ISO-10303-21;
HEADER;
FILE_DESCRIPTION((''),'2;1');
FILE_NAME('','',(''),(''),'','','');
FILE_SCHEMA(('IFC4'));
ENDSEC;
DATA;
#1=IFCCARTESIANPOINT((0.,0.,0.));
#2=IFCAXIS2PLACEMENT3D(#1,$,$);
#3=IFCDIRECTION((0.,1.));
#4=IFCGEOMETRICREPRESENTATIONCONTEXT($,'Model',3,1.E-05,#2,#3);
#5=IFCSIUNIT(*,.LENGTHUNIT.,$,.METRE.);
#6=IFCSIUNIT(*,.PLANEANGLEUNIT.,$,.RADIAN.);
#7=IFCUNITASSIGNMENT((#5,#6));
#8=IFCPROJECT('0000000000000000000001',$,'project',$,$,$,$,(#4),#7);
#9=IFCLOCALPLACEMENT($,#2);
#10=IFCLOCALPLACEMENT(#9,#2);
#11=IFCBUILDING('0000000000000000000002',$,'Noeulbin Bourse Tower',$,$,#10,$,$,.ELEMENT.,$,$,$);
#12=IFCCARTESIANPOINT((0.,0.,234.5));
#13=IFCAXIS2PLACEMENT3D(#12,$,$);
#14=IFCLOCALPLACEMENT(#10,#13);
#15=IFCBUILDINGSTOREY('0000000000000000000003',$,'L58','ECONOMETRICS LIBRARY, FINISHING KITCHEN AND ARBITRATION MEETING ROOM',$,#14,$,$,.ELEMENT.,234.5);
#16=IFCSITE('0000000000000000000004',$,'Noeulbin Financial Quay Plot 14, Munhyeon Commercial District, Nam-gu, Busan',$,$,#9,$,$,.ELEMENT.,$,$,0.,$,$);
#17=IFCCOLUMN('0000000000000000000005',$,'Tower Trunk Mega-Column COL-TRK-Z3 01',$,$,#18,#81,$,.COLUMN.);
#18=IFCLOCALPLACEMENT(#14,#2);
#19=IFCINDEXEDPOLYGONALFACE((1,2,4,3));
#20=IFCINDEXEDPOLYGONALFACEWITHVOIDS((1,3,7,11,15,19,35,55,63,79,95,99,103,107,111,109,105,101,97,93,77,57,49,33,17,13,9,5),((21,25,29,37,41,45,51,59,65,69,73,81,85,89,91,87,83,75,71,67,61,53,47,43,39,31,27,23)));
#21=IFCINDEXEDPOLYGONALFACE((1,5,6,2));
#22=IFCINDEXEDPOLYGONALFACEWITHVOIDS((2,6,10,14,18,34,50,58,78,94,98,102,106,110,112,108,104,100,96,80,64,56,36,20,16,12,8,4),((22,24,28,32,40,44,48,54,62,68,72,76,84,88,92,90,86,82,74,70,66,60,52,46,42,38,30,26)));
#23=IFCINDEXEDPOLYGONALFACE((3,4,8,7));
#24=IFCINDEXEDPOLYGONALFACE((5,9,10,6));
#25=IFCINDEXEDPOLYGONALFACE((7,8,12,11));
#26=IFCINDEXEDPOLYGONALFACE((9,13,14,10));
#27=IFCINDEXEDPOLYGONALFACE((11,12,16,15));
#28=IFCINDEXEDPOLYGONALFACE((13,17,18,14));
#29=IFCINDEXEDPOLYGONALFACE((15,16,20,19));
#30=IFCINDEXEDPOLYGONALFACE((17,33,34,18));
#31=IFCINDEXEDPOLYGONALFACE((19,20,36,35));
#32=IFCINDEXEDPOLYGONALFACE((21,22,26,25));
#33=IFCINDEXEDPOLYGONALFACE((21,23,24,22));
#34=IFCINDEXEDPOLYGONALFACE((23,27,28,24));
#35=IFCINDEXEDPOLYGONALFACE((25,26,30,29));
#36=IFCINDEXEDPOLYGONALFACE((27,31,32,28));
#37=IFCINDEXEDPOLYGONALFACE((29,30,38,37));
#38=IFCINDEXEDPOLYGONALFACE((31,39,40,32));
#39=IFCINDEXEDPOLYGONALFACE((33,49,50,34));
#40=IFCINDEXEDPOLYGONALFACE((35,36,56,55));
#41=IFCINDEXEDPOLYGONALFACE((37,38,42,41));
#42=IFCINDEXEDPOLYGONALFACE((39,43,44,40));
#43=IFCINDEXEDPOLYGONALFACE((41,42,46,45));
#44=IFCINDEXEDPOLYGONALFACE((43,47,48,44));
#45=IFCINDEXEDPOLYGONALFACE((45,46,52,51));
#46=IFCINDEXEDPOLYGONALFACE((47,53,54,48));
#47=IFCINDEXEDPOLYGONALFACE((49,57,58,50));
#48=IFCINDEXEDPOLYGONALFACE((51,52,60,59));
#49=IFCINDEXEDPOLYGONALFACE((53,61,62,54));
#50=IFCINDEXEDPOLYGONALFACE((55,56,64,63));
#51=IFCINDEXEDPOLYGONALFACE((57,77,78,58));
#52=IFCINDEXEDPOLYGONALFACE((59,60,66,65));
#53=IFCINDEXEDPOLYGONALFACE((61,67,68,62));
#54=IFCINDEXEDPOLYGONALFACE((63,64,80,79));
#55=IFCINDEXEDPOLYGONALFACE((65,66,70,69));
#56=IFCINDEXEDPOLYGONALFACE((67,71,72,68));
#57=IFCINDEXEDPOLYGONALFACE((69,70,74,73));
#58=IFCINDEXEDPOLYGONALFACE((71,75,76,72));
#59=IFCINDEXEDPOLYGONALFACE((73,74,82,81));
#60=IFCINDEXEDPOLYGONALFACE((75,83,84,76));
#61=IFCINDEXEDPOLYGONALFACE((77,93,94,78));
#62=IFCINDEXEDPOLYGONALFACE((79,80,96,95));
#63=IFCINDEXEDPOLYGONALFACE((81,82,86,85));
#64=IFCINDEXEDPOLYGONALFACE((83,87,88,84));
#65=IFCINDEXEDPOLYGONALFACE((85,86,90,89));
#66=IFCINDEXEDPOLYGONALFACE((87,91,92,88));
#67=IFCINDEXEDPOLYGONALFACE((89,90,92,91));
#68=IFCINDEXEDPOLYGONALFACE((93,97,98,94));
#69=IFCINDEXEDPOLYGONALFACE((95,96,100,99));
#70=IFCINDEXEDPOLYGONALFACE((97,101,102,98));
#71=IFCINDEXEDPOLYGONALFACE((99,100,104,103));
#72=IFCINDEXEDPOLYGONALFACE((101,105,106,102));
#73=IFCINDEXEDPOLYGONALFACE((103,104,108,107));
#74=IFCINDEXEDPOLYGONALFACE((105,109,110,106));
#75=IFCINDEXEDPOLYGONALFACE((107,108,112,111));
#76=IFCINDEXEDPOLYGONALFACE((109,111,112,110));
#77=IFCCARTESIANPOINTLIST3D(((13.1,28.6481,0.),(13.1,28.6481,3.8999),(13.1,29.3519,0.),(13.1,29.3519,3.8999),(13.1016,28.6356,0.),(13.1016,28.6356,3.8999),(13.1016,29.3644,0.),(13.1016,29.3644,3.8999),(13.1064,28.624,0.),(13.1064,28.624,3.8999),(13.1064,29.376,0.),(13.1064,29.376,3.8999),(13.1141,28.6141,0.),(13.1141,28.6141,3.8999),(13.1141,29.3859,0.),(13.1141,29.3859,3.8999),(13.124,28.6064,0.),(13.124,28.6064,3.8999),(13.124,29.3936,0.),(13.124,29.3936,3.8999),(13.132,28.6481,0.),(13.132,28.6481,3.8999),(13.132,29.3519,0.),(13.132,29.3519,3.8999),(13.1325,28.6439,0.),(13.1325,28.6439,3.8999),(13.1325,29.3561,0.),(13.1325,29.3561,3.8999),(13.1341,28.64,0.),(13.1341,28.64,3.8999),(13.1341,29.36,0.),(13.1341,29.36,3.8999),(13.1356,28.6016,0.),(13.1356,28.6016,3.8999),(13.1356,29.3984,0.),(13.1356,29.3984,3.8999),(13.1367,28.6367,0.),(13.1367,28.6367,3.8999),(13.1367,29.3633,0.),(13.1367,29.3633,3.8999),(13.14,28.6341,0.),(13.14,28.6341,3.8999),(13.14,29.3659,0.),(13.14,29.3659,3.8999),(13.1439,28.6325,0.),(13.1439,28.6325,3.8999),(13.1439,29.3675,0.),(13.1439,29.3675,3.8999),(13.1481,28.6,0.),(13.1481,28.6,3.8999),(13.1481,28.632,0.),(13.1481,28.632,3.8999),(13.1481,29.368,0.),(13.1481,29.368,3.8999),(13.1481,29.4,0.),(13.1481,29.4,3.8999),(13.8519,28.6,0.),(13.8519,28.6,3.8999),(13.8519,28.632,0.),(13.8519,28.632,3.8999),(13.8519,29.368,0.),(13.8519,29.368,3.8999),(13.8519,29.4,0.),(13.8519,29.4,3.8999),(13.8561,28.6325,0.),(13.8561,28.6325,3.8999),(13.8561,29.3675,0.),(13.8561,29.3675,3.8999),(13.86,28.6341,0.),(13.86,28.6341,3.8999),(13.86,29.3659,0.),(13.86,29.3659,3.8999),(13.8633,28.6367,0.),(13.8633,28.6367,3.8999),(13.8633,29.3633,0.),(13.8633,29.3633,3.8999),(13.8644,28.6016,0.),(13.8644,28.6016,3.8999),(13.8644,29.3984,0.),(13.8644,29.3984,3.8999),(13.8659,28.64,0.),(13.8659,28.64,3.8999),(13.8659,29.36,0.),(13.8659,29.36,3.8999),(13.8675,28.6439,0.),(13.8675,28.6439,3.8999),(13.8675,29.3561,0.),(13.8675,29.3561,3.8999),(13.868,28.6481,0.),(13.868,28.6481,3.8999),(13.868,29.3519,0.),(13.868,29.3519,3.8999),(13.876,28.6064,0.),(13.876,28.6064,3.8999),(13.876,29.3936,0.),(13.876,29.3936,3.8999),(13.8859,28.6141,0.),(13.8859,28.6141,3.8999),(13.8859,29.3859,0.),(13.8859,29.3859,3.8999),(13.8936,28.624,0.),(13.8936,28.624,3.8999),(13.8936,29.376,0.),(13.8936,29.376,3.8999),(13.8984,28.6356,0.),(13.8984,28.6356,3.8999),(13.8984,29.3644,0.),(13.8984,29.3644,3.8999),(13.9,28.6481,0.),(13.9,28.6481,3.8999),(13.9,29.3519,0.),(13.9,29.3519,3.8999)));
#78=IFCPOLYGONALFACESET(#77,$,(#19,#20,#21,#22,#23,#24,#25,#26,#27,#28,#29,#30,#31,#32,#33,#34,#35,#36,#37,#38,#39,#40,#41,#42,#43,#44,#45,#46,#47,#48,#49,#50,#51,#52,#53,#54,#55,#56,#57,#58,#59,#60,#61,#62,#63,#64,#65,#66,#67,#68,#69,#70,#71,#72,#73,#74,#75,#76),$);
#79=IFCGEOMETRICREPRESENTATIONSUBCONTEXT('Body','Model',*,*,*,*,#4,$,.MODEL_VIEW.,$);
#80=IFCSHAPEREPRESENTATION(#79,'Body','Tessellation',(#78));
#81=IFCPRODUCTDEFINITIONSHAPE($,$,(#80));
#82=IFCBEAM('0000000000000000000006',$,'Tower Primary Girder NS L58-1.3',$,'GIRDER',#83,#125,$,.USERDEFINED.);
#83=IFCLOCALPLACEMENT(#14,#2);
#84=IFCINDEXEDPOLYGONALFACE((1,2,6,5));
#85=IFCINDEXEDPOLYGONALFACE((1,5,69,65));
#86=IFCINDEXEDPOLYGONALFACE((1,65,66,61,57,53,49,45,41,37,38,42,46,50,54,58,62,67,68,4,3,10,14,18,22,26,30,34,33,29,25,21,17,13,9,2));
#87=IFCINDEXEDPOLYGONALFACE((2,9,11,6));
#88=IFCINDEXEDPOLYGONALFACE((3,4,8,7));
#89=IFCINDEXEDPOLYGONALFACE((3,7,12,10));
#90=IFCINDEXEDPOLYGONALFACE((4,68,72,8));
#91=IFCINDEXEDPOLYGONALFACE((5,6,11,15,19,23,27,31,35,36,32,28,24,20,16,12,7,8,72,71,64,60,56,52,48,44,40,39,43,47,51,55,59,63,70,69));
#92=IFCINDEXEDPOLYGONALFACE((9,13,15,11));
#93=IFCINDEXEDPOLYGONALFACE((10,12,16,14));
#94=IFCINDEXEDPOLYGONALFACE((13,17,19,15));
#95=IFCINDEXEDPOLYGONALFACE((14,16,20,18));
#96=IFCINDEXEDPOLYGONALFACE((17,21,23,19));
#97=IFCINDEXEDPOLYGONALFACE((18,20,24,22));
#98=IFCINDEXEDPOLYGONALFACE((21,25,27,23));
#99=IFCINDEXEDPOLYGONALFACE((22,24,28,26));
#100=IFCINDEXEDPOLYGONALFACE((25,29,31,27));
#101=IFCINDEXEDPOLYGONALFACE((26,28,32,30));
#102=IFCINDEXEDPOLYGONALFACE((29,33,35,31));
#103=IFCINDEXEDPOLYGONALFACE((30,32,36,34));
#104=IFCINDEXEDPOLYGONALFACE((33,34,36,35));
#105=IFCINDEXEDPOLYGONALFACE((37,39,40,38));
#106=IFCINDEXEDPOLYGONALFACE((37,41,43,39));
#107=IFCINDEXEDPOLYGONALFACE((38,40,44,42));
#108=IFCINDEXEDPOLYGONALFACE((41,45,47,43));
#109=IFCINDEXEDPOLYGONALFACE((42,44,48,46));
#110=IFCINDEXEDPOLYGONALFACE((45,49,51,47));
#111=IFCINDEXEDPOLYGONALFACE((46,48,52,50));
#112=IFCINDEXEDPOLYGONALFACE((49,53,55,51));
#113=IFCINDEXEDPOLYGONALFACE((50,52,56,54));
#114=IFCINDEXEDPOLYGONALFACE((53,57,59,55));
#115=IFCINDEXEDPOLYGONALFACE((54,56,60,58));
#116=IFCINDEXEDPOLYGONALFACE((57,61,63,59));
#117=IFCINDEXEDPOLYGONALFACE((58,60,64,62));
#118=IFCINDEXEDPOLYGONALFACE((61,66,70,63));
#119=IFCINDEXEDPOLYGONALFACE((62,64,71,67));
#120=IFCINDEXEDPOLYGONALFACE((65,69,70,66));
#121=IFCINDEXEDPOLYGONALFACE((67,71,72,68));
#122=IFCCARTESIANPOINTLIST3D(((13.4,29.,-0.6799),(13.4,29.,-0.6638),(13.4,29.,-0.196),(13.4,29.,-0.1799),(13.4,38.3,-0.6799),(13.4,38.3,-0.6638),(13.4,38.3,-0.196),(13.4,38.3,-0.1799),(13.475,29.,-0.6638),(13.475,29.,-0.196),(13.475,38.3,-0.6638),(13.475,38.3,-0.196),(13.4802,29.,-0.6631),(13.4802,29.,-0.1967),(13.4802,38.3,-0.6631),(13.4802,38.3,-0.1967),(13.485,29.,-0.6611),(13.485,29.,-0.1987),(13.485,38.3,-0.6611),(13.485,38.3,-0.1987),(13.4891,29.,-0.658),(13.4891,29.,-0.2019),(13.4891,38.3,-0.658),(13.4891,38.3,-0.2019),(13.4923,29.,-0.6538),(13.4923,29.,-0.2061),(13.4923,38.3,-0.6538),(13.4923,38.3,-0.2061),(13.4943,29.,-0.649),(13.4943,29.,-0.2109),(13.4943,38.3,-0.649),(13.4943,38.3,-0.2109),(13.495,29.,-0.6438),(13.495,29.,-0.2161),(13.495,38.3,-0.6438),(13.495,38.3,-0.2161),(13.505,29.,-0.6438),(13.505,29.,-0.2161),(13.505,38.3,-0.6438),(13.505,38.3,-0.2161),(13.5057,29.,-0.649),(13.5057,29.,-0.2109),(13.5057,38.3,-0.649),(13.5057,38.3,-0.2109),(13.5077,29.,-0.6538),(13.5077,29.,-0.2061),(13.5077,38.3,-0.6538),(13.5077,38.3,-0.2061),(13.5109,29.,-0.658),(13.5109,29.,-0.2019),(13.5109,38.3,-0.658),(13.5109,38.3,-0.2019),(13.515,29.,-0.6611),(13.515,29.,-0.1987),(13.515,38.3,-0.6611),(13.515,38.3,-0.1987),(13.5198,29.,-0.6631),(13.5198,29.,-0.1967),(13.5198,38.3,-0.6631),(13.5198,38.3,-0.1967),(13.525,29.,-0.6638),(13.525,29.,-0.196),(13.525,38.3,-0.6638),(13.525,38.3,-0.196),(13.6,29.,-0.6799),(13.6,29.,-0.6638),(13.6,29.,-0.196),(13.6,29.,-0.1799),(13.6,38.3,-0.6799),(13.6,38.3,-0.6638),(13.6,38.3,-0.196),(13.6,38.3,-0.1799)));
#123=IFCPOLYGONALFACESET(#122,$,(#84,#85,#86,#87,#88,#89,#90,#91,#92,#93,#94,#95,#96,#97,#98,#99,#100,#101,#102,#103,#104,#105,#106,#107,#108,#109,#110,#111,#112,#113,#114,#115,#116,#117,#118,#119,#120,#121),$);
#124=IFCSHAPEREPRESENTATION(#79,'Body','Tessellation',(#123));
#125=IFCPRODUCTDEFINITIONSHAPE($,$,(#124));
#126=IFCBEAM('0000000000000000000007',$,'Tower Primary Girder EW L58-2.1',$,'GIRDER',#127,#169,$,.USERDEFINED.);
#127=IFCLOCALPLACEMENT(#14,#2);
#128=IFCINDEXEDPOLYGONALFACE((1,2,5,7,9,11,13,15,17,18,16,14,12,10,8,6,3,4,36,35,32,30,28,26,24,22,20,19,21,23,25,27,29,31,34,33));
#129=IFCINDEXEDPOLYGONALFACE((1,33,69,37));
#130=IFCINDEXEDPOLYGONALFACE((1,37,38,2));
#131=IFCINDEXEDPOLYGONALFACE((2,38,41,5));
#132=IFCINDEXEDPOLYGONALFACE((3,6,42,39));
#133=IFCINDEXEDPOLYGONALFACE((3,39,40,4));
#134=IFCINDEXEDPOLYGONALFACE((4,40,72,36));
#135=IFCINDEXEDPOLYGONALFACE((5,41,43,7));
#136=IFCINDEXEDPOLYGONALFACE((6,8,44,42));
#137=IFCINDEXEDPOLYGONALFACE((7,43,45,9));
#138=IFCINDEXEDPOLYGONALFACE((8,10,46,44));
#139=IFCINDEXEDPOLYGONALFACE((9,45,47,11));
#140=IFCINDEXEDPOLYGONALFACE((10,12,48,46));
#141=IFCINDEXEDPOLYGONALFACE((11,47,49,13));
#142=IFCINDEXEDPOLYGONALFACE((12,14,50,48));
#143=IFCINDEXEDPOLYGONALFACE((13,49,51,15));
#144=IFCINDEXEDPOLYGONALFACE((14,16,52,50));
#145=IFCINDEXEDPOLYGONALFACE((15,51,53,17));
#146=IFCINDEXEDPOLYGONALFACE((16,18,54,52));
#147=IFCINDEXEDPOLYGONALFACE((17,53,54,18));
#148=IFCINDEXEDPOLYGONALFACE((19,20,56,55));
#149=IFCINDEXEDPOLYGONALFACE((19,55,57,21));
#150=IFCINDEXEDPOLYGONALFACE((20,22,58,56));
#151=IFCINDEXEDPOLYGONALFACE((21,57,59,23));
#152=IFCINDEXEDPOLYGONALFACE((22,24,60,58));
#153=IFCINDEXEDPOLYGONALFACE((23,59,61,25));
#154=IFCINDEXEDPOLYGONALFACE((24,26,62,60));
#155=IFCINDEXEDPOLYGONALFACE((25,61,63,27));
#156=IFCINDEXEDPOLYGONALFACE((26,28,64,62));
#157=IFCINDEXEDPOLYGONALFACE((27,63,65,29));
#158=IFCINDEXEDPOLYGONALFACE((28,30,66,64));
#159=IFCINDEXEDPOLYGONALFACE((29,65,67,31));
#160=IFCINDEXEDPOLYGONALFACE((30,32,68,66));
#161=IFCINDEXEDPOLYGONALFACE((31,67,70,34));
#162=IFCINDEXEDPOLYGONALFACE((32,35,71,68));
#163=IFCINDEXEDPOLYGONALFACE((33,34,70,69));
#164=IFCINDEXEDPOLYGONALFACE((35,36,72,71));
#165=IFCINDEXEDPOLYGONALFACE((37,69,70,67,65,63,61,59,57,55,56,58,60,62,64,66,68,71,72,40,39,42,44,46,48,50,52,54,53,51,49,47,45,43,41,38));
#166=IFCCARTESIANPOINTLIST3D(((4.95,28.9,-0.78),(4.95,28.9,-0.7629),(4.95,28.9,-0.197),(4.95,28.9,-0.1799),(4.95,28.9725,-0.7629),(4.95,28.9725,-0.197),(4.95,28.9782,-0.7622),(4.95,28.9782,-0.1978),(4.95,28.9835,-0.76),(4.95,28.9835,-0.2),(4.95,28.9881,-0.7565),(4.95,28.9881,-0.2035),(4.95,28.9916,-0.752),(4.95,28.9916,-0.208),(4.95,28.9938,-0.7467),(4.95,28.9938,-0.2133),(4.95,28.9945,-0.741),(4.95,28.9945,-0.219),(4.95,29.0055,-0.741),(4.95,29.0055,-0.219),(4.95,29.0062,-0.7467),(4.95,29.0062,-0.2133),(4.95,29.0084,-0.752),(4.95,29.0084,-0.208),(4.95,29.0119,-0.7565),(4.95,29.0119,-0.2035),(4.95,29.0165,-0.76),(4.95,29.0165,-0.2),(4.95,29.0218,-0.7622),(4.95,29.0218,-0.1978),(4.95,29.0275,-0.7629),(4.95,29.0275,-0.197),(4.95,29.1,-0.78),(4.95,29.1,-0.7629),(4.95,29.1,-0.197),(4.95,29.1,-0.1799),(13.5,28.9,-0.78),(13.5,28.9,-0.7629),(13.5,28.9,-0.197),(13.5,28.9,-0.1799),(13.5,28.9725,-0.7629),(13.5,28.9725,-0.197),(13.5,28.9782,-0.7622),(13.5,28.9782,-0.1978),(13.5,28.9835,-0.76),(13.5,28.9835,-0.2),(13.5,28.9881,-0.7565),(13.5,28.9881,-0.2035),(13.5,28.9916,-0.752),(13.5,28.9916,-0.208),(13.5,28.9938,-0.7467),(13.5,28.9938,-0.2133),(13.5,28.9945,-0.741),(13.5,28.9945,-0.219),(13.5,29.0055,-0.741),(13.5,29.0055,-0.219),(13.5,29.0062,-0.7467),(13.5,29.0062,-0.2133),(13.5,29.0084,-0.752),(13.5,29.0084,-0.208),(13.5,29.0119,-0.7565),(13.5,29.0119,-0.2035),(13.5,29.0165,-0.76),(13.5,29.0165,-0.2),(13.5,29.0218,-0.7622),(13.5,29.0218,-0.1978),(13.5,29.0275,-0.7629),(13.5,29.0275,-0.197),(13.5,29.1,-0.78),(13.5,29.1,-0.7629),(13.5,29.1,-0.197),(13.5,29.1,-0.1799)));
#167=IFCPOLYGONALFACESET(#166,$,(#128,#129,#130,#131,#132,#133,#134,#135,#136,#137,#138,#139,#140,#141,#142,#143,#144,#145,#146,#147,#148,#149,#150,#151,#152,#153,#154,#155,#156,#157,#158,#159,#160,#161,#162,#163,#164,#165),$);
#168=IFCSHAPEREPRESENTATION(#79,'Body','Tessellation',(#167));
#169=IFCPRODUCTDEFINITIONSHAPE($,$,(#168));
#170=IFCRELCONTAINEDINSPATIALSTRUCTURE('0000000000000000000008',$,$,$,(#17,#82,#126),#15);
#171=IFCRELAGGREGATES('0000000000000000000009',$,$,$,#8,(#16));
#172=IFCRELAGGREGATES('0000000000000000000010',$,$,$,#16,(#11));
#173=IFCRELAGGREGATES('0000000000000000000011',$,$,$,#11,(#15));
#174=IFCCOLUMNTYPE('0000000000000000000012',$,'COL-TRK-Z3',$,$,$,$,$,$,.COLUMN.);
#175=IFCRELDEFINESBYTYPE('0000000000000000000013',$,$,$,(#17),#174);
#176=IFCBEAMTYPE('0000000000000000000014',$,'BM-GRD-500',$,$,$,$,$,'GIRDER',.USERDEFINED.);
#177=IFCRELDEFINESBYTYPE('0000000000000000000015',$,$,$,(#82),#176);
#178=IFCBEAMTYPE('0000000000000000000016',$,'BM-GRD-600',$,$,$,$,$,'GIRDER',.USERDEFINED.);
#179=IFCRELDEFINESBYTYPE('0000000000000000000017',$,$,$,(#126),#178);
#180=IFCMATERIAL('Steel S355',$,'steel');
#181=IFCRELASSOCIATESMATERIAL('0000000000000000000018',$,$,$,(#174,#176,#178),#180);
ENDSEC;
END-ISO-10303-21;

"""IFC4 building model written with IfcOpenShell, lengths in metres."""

from ifc_helpers import new_model, si_unit, direction, frame, origin, origin_2d, place, context, subcontext, project, spatial, hollow_rectangle, i_section, extrude, material, material_profile, profile_set, type_object, element, save


model = new_model("IFC4")

# Units and contexts
model_context = context("Model", 3, precision=1e-05, world=origin(), true_north=direction((0.0, 1.0)))
body_context = subcontext(model_context, "Body", "Model", "MODEL_VIEW")
ifc_project = project(units=[si_unit("LENGTHUNIT", "METRE"), si_unit("PLANEANGLEUNIT", "RADIAN")], contexts=[model_context])

# Site, building, storey
site_placement = place(None, origin())
site = spatial("IfcSite", under=ifc_project, at=site_placement, Name="Noeulbin Financial Quay Plot 14, Munhyeon Commercial District, Nam-gu, Busan", CompositionType="ELEMENT", RefElevation=0.0)
building_placement = place(site_placement, origin())
building = spatial("IfcBuilding", under=site, at=building_placement, Name="Noeulbin Bourse Tower", CompositionType="ELEMENT")
storey_placement = place(building_placement, frame((0.0, 0.0, 234.5)))
storey = spatial("IfcBuildingStorey", under=building, at=storey_placement, Name="L58", Description="ECONOMETRICS LIBRARY, FINISHING KITCHEN AND ARBITRATION MEETING ROOM", CompositionType="ELEMENT", Elevation=234.5)

# Column
ifc_material_1 = material(Name="Steel S355", Category="steel")
ifc_material_profile_1 = material_profile(ifc_material_1, hollow_rectangle(XDim=0.8, YDim=0.8, WallThickness=0.032, InnerFilletRadius=0.0161, OuterFilletRadius=0.0481, at=origin_2d()), Name="BOX-800x800x32", Category="LoadBearing")
ifc_profile_set_1 = profile_set([ifc_material_profile_1], Name="Steel S355")
column_type = type_object("IfcColumnType", Name="COL-TRK-Z3", PredefinedType="COLUMN", material=ifc_profile_set_1)
column_placement = place(storey_placement, frame((13.5, 29.0, 0.0), z_axis=(0.0, 0.0, 1.0), x_axis=(1.0, 0.0, 0.0)))
element("IfcColumn", 1, at=column_placement, inside=storey, type_object=column_type, Name="Tower Trunk Mega-Column COL-TRK-Z3 01", PredefinedType="COLUMN", context=body_context, shape_type="SweptSolid", body=[
    extrude(hollow_rectangle(XDim=0.8, YDim=0.8, WallThickness=0.032, InnerFilletRadius=0.0161, OuterFilletRadius=0.0481, at=origin_2d()), origin(), (0.0, 0.0, 1.0), 3.8999),
])

# Beams
ifc_material_profile_2 = material_profile(ifc_material_1, i_section(OverallWidth=0.2, OverallDepth=0.5, WebThickness=0.01, FlangeThickness=0.0161, FilletRadius=0.02, at=origin_2d()), Name="H-500x200x10x16", Category="LoadBearing")
ifc_profile_set_2 = profile_set([ifc_material_profile_2], Name="Steel S355")
beam_type_1 = type_object("IfcBeamType", Name="BM-GRD-500", ElementType="GIRDER", PredefinedType="USERDEFINED", material=ifc_profile_set_2)
beam_1_placement = place(storey_placement, frame((13.5, 29.0, -0.4299), z_axis=(0.0, 1.0, 0.0), x_axis=(-1.0, 0.0, 0.0)))
element("IfcBeam", 2, at=beam_1_placement, inside=storey, type_object=beam_type_1, Name="Tower Primary Girder NS L58-1.3", ObjectType="GIRDER", PredefinedType="USERDEFINED", context=body_context, shape_type="SweptSolid", body=[
    extrude(i_section(OverallWidth=0.2, OverallDepth=0.5, WebThickness=0.01, FlangeThickness=0.0161, FilletRadius=0.02, at=origin_2d()), origin(), (0.0, 0.0, 1.0), 9.3),
])
ifc_material_profile_3 = material_profile(ifc_material_1, i_section(OverallWidth=0.2, OverallDepth=0.6001, WebThickness=0.011, FlangeThickness=0.0171, FilletRadius=0.022, at=origin_2d()), Name="H-600x200x11x17", Category="LoadBearing")
ifc_profile_set_3 = profile_set([ifc_material_profile_3], Name="Steel S355")
beam_type_2 = type_object("IfcBeamType", Name="BM-GRD-600", ElementType="GIRDER", PredefinedType="USERDEFINED", material=ifc_profile_set_3)
beam_2_placement = place(storey_placement, frame((4.95, 29.0, -0.48), z_axis=(1.0, 0.0, 0.0), x_axis=(0.0, 1.0, 0.0)))
element("IfcBeam", 3, at=beam_2_placement, inside=storey, type_object=beam_type_2, Name="Tower Primary Girder EW L58-2.1", ObjectType="GIRDER", PredefinedType="USERDEFINED", context=body_context, shape_type="SweptSolid", body=[
    extrude(i_section(OverallWidth=0.2, OverallDepth=0.6001, WebThickness=0.011, FlangeThickness=0.0171, FilletRadius=0.022, at=origin_2d()), origin(), (0.0, 0.0, 1.0), 8.55),
])

save(model, "model.ifc")
